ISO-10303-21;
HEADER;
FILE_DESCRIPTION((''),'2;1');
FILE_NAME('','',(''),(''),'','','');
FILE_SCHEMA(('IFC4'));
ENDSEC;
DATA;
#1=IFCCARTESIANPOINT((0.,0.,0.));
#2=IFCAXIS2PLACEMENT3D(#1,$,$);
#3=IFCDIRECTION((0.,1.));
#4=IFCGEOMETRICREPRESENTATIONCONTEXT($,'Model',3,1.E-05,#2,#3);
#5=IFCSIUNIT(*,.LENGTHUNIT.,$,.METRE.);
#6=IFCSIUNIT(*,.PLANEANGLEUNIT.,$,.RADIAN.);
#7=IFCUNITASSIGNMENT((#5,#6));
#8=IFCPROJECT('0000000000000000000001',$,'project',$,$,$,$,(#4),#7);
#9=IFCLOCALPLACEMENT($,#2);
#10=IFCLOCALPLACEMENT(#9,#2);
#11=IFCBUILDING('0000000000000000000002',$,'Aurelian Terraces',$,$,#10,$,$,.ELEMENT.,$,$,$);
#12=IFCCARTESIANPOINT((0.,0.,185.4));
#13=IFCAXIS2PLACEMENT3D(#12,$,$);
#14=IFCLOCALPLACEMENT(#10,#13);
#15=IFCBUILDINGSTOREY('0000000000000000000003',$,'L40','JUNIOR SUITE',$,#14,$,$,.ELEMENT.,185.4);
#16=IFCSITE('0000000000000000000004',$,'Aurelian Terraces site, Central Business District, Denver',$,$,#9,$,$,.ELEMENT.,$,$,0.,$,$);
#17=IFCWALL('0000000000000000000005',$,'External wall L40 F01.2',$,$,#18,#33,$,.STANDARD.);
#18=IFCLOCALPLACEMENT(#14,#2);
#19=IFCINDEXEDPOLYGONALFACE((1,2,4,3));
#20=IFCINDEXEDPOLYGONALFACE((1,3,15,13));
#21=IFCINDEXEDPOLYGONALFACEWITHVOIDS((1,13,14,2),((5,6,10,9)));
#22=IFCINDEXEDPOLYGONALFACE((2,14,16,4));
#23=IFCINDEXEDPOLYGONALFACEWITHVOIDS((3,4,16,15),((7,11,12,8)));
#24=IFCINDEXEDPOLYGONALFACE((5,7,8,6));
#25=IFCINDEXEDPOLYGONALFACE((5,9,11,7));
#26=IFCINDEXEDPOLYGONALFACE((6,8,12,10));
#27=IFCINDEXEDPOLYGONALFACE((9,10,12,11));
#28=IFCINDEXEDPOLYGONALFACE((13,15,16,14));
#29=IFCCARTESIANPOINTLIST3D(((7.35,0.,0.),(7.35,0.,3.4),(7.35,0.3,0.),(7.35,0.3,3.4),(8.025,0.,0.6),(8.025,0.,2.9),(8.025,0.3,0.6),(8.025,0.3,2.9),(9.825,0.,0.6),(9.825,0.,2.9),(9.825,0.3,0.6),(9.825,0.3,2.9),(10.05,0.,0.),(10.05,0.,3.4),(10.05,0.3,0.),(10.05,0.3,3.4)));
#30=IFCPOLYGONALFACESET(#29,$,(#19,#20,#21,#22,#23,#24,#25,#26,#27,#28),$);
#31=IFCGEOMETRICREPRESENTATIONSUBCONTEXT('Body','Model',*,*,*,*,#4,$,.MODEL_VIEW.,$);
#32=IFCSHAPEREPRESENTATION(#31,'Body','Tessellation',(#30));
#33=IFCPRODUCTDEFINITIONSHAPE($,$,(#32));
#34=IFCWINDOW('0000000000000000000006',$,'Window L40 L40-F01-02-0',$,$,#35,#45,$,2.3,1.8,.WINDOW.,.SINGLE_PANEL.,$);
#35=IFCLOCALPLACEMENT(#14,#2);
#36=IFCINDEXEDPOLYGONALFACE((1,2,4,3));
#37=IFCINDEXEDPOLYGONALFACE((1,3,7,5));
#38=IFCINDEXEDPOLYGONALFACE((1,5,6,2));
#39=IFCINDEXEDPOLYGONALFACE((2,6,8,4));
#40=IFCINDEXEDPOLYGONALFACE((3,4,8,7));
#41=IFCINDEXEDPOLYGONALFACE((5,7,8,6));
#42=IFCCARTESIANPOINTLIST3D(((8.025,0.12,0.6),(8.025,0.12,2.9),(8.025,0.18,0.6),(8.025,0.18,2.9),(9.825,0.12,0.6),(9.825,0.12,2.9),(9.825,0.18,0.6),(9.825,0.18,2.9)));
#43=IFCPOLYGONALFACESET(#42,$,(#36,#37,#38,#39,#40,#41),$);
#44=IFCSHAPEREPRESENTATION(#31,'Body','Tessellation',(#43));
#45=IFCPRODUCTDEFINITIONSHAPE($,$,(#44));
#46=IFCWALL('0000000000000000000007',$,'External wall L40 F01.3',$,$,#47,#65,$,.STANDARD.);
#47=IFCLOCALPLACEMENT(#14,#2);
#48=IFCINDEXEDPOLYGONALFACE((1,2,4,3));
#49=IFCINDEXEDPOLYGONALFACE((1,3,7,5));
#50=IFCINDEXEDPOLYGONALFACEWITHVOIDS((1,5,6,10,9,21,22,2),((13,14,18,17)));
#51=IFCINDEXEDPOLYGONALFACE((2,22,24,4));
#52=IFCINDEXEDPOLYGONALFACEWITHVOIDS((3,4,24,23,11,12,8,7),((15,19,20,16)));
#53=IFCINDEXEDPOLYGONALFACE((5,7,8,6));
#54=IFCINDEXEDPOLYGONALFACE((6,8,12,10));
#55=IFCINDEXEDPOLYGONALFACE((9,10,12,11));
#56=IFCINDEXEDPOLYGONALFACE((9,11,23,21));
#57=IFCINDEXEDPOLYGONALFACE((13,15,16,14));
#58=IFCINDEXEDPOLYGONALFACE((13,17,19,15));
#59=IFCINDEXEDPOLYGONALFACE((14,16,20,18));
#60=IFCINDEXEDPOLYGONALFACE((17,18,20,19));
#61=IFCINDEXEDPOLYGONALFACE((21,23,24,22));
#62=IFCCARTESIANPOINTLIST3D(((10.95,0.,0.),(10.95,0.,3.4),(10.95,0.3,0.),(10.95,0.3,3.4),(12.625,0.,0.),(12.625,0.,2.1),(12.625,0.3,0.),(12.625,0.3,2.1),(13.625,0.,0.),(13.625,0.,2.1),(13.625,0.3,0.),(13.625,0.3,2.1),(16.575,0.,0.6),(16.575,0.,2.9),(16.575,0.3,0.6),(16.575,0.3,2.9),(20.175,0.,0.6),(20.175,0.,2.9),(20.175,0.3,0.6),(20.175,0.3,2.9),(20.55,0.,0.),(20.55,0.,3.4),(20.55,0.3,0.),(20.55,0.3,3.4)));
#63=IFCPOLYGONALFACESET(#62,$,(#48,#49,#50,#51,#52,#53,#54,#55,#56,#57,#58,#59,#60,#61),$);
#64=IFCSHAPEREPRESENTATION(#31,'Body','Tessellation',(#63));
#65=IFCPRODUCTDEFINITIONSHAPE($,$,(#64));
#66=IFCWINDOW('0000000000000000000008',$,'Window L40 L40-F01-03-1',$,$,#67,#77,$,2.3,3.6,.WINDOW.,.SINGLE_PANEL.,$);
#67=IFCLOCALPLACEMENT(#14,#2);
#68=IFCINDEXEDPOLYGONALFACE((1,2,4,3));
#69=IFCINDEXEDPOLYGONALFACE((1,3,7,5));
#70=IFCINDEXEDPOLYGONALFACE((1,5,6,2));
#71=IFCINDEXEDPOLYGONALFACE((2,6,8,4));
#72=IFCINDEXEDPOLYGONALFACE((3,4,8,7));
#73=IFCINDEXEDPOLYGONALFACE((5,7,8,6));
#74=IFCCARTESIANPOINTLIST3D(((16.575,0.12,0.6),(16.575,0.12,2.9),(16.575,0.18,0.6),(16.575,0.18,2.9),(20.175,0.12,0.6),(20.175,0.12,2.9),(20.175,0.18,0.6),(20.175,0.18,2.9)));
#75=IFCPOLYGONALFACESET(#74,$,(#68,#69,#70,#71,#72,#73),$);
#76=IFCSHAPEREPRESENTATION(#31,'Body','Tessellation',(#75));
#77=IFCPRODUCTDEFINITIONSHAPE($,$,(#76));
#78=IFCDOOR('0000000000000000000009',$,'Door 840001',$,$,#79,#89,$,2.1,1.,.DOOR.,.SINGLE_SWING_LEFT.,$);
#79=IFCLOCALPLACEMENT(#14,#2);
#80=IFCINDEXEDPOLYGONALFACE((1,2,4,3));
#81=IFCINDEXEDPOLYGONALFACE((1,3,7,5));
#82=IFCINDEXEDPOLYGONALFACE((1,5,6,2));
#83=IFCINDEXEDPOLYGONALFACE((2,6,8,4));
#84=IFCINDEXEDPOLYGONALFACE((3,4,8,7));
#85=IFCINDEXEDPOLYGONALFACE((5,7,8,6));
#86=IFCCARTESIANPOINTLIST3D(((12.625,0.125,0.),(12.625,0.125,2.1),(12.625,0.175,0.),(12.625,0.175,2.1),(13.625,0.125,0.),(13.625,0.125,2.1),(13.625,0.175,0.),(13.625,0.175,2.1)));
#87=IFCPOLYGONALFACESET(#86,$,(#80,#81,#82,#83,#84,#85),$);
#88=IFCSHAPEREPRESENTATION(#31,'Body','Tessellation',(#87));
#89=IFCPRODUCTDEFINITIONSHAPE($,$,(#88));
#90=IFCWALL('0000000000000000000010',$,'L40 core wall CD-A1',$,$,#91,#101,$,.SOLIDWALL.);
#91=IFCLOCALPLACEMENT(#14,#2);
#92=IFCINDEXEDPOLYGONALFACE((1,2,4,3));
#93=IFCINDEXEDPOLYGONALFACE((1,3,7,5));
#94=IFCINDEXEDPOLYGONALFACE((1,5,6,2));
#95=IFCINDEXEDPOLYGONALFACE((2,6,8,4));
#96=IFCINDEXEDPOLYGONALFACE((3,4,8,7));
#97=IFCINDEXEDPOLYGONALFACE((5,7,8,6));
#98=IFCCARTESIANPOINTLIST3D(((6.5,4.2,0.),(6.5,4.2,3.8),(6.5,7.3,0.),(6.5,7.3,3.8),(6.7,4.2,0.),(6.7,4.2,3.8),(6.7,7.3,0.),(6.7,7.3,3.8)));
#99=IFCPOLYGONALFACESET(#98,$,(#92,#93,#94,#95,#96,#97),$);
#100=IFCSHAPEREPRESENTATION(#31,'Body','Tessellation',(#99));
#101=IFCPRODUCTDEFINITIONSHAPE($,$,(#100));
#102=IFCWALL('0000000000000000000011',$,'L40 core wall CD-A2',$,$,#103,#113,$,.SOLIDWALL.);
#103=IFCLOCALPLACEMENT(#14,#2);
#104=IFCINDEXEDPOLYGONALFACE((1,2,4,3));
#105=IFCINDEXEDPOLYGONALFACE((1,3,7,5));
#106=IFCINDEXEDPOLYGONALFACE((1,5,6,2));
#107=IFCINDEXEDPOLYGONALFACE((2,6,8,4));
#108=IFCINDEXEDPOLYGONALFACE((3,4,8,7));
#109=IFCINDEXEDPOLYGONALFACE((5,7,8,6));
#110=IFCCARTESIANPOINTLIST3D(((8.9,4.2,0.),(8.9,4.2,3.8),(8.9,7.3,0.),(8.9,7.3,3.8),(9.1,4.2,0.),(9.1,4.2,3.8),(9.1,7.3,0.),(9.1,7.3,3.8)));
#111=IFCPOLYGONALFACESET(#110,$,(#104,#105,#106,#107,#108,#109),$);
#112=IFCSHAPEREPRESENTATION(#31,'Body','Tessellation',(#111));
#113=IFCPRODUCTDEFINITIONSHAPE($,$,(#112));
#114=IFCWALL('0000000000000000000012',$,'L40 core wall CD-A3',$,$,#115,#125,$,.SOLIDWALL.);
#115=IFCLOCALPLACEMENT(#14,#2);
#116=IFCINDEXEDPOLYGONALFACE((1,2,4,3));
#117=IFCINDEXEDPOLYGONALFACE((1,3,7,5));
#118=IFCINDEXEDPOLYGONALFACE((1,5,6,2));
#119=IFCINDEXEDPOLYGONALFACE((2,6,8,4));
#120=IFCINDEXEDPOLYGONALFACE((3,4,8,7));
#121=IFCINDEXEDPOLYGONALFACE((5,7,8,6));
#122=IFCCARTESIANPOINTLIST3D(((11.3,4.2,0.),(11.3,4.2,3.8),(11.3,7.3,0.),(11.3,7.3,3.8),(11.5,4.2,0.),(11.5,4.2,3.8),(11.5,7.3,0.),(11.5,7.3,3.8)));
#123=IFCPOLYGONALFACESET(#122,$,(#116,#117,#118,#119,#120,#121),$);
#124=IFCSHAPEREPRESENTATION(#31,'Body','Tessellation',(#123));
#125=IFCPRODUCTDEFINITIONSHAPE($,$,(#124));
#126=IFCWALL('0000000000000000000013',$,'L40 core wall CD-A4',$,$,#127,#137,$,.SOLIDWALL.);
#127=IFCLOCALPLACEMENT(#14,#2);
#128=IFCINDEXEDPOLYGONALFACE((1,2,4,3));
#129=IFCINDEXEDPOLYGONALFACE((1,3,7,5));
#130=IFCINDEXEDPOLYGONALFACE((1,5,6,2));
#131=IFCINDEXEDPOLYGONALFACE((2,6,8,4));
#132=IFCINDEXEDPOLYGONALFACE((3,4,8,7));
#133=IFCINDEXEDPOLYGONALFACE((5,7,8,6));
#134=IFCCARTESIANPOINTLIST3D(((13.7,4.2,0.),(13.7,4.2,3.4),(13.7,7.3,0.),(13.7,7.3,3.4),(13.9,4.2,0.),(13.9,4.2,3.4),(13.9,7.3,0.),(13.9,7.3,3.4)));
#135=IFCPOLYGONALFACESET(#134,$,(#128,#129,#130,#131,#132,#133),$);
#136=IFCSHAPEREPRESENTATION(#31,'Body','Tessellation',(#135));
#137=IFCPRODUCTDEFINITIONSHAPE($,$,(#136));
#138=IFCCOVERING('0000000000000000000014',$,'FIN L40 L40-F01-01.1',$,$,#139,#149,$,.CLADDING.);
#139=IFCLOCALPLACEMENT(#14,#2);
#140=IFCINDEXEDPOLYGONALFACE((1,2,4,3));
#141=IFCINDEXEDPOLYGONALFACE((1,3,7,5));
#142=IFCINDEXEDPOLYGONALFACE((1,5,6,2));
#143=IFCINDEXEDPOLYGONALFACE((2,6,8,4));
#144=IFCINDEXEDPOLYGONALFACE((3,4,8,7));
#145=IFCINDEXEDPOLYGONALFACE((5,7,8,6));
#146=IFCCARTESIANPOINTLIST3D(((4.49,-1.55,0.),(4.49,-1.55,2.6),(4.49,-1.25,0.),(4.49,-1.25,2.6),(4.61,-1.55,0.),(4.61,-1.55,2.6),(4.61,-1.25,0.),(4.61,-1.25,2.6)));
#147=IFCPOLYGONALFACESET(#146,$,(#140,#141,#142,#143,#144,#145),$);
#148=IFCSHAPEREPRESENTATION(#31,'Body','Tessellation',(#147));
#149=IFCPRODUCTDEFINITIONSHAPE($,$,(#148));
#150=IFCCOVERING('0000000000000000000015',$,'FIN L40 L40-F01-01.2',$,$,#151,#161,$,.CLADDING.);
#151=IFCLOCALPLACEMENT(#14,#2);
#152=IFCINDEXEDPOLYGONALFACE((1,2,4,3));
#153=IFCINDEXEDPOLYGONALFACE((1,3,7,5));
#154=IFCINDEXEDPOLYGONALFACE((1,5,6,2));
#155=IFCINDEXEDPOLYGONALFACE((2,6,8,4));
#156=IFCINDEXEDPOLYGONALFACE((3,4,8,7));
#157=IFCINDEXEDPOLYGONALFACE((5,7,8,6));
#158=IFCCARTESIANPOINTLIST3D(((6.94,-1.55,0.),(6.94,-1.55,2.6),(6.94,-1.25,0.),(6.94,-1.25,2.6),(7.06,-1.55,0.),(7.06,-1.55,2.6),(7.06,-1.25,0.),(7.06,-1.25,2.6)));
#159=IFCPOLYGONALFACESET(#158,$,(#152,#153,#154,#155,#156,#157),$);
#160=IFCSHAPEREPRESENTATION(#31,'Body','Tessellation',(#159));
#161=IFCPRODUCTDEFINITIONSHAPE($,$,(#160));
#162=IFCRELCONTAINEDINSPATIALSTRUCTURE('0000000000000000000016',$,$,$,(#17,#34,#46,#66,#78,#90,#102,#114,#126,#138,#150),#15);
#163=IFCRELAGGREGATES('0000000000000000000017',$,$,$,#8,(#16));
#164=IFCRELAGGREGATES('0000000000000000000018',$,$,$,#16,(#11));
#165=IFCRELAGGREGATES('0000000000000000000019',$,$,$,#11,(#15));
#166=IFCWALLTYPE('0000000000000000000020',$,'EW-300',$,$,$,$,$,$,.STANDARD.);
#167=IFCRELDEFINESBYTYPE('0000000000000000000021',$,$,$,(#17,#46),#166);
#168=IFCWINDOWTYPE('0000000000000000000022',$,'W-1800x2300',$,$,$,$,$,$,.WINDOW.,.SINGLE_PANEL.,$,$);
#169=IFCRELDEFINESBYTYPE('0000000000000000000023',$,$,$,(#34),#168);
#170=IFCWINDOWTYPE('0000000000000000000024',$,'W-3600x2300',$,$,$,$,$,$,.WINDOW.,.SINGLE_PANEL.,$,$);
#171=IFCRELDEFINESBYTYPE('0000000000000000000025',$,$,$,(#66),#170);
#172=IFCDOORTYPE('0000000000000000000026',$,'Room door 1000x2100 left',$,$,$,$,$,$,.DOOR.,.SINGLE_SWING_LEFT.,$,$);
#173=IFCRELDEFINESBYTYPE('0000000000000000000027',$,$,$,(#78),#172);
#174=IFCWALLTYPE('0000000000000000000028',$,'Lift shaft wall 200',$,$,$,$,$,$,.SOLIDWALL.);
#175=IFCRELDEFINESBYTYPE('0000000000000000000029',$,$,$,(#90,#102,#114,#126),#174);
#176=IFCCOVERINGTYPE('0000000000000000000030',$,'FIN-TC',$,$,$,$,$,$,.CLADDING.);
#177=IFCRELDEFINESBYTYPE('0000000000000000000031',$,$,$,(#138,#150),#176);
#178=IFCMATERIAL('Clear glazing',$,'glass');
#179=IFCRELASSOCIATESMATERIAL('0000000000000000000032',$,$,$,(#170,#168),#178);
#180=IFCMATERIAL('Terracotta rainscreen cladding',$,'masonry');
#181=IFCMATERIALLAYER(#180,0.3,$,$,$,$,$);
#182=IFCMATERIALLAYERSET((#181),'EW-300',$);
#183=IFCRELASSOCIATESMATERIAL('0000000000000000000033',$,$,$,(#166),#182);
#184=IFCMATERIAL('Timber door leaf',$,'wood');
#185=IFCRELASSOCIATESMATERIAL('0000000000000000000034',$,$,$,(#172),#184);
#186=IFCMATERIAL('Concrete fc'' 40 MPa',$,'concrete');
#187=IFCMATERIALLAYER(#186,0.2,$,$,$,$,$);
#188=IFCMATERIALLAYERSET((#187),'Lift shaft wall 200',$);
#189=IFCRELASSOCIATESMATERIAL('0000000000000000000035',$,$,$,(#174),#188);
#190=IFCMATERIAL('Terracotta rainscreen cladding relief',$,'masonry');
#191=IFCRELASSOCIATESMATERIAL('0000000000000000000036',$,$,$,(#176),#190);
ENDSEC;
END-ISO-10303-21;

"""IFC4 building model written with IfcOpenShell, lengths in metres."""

from ifc_helpers import new_model, si_unit, direction, frame, frame_2d, origin, origin_2d, place, context, subcontext, project, spatial, rectangle, extrude, source, transform, mapped, material, layer, layer_set, type_object, element, fill, save


model = new_model("IFC4")

# Units and contexts
model_context = context("Model", 3, precision=1e-05, world=origin(), true_north=direction((0.0, 1.0)))
body_context = subcontext(model_context, "Body", "Model", "MODEL_VIEW")
ifc_project = project(units=[si_unit("LENGTHUNIT", "METRE"), si_unit("PLANEANGLEUNIT", "RADIAN")], contexts=[model_context])

# Site, building, storey
site_placement = place(None, origin())
site = spatial("IfcSite", under=ifc_project, at=site_placement, Name="Aurelian Terraces site, Central Business District, Denver", CompositionType="ELEMENT", RefElevation=0.0)
building_placement = place(site_placement, origin())
building = spatial("IfcBuilding", under=site, at=building_placement, Name="Aurelian Terraces", CompositionType="ELEMENT")
storey_placement = place(building_placement, frame((0.0, 0.0, 185.4)))
storey = spatial("IfcBuildingStorey", under=building, at=storey_placement, Name="L40", Description="JUNIOR SUITE", CompositionType="ELEMENT", Elevation=185.4)

# Shared definitions
ifc_material_1 = material(Name="Concrete fc' 40 MPa", Category="concrete")
shared_shape_1 = source(origin(), body_context, "Body", "SweptSolid", [
    extrude(rectangle(XDim=3.6, YDim=2.3, at=frame_2d((1.8, 1.15))), frame((0.0, 0.16, 0.0), z_axis=(0.0, -1.0, 0.0), x_axis=(1.0, 0.0, 0.0)), (0.0, 0.0, 1.0), 0.32),
])
ifc_material_2 = material(Name="Clear glazing", Category="glass")
window_type_1 = type_object("IfcWindowType", Name="W-3600x2300", PartitioningType="SINGLE_PANEL", PredefinedType="WINDOW", material=ifc_material_2)
shared_shape_2 = source(origin(), body_context, "Body", "SweptSolid", [
    extrude(rectangle(XDim=3.6, YDim=2.3, at=frame_2d((1.8, 1.15))), frame((0.0, 0.03, 0.0), z_axis=(0.0, -1.0, 0.0), x_axis=(1.0, 0.0, 0.0)), (0.0, 0.0, 1.0), 0.06),
])

# Wall, opening, window
ifc_material_3 = material(Name="Terracotta rainscreen cladding", Category="masonry")
ifc_layer_1 = layer(ifc_material_3, 0.3)
ifc_layer_set_1 = layer_set([ifc_layer_1], Name="EW-300")
wall_type_1 = type_object("IfcWallType", Name="EW-300", PredefinedType="STANDARD", material=ifc_layer_set_1)
shared_shape_3 = source(origin(), body_context, "Body", "SweptSolid", [
    extrude(rectangle(XDim=1.8, YDim=2.3, at=frame_2d((0.9, 1.15))), frame((0.0, 0.16, 0.0), z_axis=(0.0, -1.0, 0.0), x_axis=(1.0, 0.0, 0.0)), (0.0, 0.0, 1.0), 0.32),
])
window_type_2 = type_object("IfcWindowType", Name="W-1800x2300", PartitioningType="SINGLE_PANEL", PredefinedType="WINDOW", material=ifc_material_2)
shared_shape_4 = source(origin(), body_context, "Body", "SweptSolid", [
    extrude(rectangle(XDim=1.8, YDim=2.3, at=frame_2d((0.9, 1.15))), frame((0.0, 0.03, 0.0), z_axis=(0.0, -1.0, 0.0), x_axis=(1.0, 0.0, 0.0)), (0.0, 0.0, 1.0), 0.06),
])
shared_shape_5 = source(origin(), body_context, "Body", "SweptSolid", [
    extrude(rectangle(XDim=2.7, YDim=0.3, at=frame_2d((1.35, 0.0))), origin(), (0.0, 0.0, 1.0), 3.4),
])
wall_1_placement = place(storey_placement, frame((7.35, 0.15, 0.0), z_axis=(0.0, 0.0, 1.0), x_axis=(1.0, 0.0, 0.0)))
wall_1 = element("IfcWall", 1, at=wall_1_placement, inside=storey, type_object=wall_type_1, Name="External wall L40 F01.2", PredefinedType="STANDARD", context=body_context, shape_type="MappedRepresentation", body=[
    mapped(shared_shape_5, transform((0.0, 0.0, 0.0), scale=1.0)),
])
opening_1_placement = place(wall_1_placement, frame((0.675, 0.0, 0.6)))
opening_1 = element("IfcOpeningElement", 2, at=opening_1_placement, cuts=wall_1, PredefinedType="OPENING", context=body_context, shape_type="MappedRepresentation", body=[
    mapped(shared_shape_3, transform((0.0, 0.0, 0.0), scale=1.0)),
])
window_1_placement = place(opening_1_placement, origin())
window_1 = element("IfcWindow", 3, at=window_1_placement, inside=storey, type_object=window_type_2, Name="Window L40 L40-F01-02-0", OverallHeight=2.3, OverallWidth=1.8, PartitioningType="SINGLE_PANEL", PredefinedType="WINDOW", context=body_context, shape_type="MappedRepresentation", body=[
    mapped(shared_shape_4, transform((0.0, 0.0, 0.0), scale=1.0)),
])
fill(opening_1, window_1)

# Wall, openings, window, door
shared_shape_6 = source(origin(), body_context, "Body", "SweptSolid", [
    extrude(rectangle(XDim=9.6, YDim=0.3, at=frame_2d((4.8, 0.0))), origin(), (0.0, 0.0, 1.0), 3.4),
])
wall_2_placement = place(storey_placement, frame((10.95, 0.15, 0.0), z_axis=(0.0, 0.0, 1.0), x_axis=(1.0, 0.0, 0.0)))
wall_2 = element("IfcWall", 4, at=wall_2_placement, inside=storey, type_object=wall_type_1, Name="External wall L40 F01.3", PredefinedType="STANDARD", context=body_context, shape_type="MappedRepresentation", body=[
    mapped(shared_shape_6, transform((0.0, 0.0, 0.0), scale=1.0)),
])
opening_2_placement = place(wall_2_placement, frame((5.625, 0.0, 0.6)))
opening_2 = element("IfcOpeningElement", 5, at=opening_2_placement, cuts=wall_2, PredefinedType="OPENING", context=body_context, shape_type="MappedRepresentation", body=[
    mapped(shared_shape_1, transform((0.0, 0.0, 0.0), scale=1.0)),
])
shared_shape_7 = source(origin(), body_context, "Body", "SweptSolid", [
    extrude(rectangle(XDim=1.0, YDim=2.1, at=frame_2d((0.5, 1.05))), frame((0.0, 0.16, 0.0), z_axis=(0.0, -1.0, 0.0), x_axis=(1.0, 0.0, 0.0)), (0.0, 0.0, 1.0), 0.32),
])
opening_3_placement = place(wall_2_placement, frame((1.675, 0.0, 0.0)))
opening_3 = element("IfcOpeningElement", 6, at=opening_3_placement, cuts=wall_2, PredefinedType="OPENING", context=body_context, shape_type="MappedRepresentation", body=[
    mapped(shared_shape_7, transform((0.0, 0.0, 0.0), scale=1.0)),
])
window_2_placement = place(opening_2_placement, origin())
window_2 = element("IfcWindow", 7, at=window_2_placement, inside=storey, type_object=window_type_1, Name="Window L40 L40-F01-03-1", OverallHeight=2.3, OverallWidth=3.6, PartitioningType="SINGLE_PANEL", PredefinedType="WINDOW", context=body_context, shape_type="MappedRepresentation", body=[
    mapped(shared_shape_2, transform((0.0, 0.0, 0.0), scale=1.0)),
])
fill(opening_2, window_2)
ifc_material_4 = material(Name="Timber door leaf", Category="wood")
door_type_1 = type_object("IfcDoorType", Name="Room door 1000x2100 left", OperationType="SINGLE_SWING_LEFT", PredefinedType="DOOR", material=ifc_material_4)
shared_shape_8 = source(origin(), body_context, "Body", "SweptSolid", [
    extrude(rectangle(XDim=1.0, YDim=2.1, at=frame_2d((0.5, 1.05))), frame((0.0, 0.025, 0.0), z_axis=(0.0, -1.0, 0.0), x_axis=(1.0, 0.0, 0.0)), (0.0, 0.0, 1.0), 0.05),
])
door_1_placement = place(opening_3_placement, origin())
door_1 = element("IfcDoor", 8, at=door_1_placement, inside=storey, type_object=door_type_1, Name="Door 840001", OperationType="SINGLE_SWING_LEFT", OverallHeight=2.1, OverallWidth=1.0, PredefinedType="DOOR", context=body_context, shape_type="MappedRepresentation", body=[
    mapped(shared_shape_8, transform((0.0, 0.0, 0.0), scale=1.0)),
])
fill(opening_3, door_1)

# Walls
ifc_layer_2 = layer(ifc_material_1, 0.2)
ifc_layer_set_2 = layer_set([ifc_layer_2], Name="Lift shaft wall 200")
wall_type_2 = type_object("IfcWallType", Name="Lift shaft wall 200", PredefinedType="SOLIDWALL", material=ifc_layer_set_2)
shared_shape_9 = source(origin(), body_context, "Body", "SweptSolid", [
    extrude(rectangle(XDim=3.1, YDim=0.2, at=frame_2d((1.55, 0.0))), origin(), (0.0, 0.0, 1.0), 3.8),
])
for number, where, z_axis, x_axis, name in (
    (9, (6.6, 4.2, 0.0), (0.0, 0.0, 1.0), (0.0, 1.0, 0.0), "L40 core wall CD-A1"),
    (10, (9.0, 4.2, 0.0), (0.0, 0.0, 1.0), (0.0, 1.0, 0.0), "L40 core wall CD-A2"),
    (11, (11.4, 4.2, 0.0), (0.0, 0.0, 1.0), (0.0, 1.0, 0.0), "L40 core wall CD-A3"),
):
    element("IfcWall", number, at=place(storey_placement, frame(where, z_axis=z_axis, x_axis=x_axis)), inside=storey, type_object=wall_type_2, Name=name, PredefinedType="SOLIDWALL", context=body_context, shape_type="MappedRepresentation", body=[
        mapped(shared_shape_9, transform((0.0, 0.0, 0.0), scale=1.0)),
    ])
shared_shape_10 = source(origin(), body_context, "Body", "SweptSolid", [
    extrude(rectangle(XDim=3.1, YDim=0.2, at=frame_2d((1.55, 0.0))), origin(), (0.0, 0.0, 1.0), 3.4),
])
wall_3_placement = place(storey_placement, frame((13.8, 4.2, 0.0), z_axis=(0.0, 0.0, 1.0), x_axis=(0.0, 1.0, 0.0)))
element("IfcWall", 12, at=wall_3_placement, inside=storey, type_object=wall_type_2, Name="L40 core wall CD-A4", PredefinedType="SOLIDWALL", context=body_context, shape_type="MappedRepresentation", body=[
    mapped(shared_shape_10, transform((0.0, 0.0, 0.0), scale=1.0)),
])

# Coverings
ifc_material_5 = material(Name="Terracotta rainscreen cladding relief", Category="masonry")
covering_type_1 = type_object("IfcCoveringType", Name="FIN-TC", PredefinedType="CLADDING", material=ifc_material_5)
shared_shape_11 = source(origin(), body_context, "Body", "SweptSolid", [
    extrude(rectangle(XDim=0.12, YDim=0.3, at=origin_2d()), origin(), (0.0, 0.0, 1.0), 2.6),
])
for number, where, z_axis, x_axis, name in (
    (13, (4.55, -1.4, 0.0), (0.0, 0.0, 1.0), (1.0, 0.0, 0.0), "FIN L40 L40-F01-01.1"),
    (14, (7.0, -1.4, 0.0), (0.0, 0.0, 1.0), (1.0, 0.0, 0.0), "FIN L40 L40-F01-01.2"),
):
    element("IfcCovering", number, at=place(storey_placement, frame(where, z_axis=z_axis, x_axis=x_axis)), inside=storey, type_object=covering_type_1, Name=name, PredefinedType="CLADDING", context=body_context, shape_type="MappedRepresentation", body=[
        mapped(shared_shape_11, transform((0.0, 0.0, 0.0), scale=1.0)),
    ])

save(model, "model.ifc")
